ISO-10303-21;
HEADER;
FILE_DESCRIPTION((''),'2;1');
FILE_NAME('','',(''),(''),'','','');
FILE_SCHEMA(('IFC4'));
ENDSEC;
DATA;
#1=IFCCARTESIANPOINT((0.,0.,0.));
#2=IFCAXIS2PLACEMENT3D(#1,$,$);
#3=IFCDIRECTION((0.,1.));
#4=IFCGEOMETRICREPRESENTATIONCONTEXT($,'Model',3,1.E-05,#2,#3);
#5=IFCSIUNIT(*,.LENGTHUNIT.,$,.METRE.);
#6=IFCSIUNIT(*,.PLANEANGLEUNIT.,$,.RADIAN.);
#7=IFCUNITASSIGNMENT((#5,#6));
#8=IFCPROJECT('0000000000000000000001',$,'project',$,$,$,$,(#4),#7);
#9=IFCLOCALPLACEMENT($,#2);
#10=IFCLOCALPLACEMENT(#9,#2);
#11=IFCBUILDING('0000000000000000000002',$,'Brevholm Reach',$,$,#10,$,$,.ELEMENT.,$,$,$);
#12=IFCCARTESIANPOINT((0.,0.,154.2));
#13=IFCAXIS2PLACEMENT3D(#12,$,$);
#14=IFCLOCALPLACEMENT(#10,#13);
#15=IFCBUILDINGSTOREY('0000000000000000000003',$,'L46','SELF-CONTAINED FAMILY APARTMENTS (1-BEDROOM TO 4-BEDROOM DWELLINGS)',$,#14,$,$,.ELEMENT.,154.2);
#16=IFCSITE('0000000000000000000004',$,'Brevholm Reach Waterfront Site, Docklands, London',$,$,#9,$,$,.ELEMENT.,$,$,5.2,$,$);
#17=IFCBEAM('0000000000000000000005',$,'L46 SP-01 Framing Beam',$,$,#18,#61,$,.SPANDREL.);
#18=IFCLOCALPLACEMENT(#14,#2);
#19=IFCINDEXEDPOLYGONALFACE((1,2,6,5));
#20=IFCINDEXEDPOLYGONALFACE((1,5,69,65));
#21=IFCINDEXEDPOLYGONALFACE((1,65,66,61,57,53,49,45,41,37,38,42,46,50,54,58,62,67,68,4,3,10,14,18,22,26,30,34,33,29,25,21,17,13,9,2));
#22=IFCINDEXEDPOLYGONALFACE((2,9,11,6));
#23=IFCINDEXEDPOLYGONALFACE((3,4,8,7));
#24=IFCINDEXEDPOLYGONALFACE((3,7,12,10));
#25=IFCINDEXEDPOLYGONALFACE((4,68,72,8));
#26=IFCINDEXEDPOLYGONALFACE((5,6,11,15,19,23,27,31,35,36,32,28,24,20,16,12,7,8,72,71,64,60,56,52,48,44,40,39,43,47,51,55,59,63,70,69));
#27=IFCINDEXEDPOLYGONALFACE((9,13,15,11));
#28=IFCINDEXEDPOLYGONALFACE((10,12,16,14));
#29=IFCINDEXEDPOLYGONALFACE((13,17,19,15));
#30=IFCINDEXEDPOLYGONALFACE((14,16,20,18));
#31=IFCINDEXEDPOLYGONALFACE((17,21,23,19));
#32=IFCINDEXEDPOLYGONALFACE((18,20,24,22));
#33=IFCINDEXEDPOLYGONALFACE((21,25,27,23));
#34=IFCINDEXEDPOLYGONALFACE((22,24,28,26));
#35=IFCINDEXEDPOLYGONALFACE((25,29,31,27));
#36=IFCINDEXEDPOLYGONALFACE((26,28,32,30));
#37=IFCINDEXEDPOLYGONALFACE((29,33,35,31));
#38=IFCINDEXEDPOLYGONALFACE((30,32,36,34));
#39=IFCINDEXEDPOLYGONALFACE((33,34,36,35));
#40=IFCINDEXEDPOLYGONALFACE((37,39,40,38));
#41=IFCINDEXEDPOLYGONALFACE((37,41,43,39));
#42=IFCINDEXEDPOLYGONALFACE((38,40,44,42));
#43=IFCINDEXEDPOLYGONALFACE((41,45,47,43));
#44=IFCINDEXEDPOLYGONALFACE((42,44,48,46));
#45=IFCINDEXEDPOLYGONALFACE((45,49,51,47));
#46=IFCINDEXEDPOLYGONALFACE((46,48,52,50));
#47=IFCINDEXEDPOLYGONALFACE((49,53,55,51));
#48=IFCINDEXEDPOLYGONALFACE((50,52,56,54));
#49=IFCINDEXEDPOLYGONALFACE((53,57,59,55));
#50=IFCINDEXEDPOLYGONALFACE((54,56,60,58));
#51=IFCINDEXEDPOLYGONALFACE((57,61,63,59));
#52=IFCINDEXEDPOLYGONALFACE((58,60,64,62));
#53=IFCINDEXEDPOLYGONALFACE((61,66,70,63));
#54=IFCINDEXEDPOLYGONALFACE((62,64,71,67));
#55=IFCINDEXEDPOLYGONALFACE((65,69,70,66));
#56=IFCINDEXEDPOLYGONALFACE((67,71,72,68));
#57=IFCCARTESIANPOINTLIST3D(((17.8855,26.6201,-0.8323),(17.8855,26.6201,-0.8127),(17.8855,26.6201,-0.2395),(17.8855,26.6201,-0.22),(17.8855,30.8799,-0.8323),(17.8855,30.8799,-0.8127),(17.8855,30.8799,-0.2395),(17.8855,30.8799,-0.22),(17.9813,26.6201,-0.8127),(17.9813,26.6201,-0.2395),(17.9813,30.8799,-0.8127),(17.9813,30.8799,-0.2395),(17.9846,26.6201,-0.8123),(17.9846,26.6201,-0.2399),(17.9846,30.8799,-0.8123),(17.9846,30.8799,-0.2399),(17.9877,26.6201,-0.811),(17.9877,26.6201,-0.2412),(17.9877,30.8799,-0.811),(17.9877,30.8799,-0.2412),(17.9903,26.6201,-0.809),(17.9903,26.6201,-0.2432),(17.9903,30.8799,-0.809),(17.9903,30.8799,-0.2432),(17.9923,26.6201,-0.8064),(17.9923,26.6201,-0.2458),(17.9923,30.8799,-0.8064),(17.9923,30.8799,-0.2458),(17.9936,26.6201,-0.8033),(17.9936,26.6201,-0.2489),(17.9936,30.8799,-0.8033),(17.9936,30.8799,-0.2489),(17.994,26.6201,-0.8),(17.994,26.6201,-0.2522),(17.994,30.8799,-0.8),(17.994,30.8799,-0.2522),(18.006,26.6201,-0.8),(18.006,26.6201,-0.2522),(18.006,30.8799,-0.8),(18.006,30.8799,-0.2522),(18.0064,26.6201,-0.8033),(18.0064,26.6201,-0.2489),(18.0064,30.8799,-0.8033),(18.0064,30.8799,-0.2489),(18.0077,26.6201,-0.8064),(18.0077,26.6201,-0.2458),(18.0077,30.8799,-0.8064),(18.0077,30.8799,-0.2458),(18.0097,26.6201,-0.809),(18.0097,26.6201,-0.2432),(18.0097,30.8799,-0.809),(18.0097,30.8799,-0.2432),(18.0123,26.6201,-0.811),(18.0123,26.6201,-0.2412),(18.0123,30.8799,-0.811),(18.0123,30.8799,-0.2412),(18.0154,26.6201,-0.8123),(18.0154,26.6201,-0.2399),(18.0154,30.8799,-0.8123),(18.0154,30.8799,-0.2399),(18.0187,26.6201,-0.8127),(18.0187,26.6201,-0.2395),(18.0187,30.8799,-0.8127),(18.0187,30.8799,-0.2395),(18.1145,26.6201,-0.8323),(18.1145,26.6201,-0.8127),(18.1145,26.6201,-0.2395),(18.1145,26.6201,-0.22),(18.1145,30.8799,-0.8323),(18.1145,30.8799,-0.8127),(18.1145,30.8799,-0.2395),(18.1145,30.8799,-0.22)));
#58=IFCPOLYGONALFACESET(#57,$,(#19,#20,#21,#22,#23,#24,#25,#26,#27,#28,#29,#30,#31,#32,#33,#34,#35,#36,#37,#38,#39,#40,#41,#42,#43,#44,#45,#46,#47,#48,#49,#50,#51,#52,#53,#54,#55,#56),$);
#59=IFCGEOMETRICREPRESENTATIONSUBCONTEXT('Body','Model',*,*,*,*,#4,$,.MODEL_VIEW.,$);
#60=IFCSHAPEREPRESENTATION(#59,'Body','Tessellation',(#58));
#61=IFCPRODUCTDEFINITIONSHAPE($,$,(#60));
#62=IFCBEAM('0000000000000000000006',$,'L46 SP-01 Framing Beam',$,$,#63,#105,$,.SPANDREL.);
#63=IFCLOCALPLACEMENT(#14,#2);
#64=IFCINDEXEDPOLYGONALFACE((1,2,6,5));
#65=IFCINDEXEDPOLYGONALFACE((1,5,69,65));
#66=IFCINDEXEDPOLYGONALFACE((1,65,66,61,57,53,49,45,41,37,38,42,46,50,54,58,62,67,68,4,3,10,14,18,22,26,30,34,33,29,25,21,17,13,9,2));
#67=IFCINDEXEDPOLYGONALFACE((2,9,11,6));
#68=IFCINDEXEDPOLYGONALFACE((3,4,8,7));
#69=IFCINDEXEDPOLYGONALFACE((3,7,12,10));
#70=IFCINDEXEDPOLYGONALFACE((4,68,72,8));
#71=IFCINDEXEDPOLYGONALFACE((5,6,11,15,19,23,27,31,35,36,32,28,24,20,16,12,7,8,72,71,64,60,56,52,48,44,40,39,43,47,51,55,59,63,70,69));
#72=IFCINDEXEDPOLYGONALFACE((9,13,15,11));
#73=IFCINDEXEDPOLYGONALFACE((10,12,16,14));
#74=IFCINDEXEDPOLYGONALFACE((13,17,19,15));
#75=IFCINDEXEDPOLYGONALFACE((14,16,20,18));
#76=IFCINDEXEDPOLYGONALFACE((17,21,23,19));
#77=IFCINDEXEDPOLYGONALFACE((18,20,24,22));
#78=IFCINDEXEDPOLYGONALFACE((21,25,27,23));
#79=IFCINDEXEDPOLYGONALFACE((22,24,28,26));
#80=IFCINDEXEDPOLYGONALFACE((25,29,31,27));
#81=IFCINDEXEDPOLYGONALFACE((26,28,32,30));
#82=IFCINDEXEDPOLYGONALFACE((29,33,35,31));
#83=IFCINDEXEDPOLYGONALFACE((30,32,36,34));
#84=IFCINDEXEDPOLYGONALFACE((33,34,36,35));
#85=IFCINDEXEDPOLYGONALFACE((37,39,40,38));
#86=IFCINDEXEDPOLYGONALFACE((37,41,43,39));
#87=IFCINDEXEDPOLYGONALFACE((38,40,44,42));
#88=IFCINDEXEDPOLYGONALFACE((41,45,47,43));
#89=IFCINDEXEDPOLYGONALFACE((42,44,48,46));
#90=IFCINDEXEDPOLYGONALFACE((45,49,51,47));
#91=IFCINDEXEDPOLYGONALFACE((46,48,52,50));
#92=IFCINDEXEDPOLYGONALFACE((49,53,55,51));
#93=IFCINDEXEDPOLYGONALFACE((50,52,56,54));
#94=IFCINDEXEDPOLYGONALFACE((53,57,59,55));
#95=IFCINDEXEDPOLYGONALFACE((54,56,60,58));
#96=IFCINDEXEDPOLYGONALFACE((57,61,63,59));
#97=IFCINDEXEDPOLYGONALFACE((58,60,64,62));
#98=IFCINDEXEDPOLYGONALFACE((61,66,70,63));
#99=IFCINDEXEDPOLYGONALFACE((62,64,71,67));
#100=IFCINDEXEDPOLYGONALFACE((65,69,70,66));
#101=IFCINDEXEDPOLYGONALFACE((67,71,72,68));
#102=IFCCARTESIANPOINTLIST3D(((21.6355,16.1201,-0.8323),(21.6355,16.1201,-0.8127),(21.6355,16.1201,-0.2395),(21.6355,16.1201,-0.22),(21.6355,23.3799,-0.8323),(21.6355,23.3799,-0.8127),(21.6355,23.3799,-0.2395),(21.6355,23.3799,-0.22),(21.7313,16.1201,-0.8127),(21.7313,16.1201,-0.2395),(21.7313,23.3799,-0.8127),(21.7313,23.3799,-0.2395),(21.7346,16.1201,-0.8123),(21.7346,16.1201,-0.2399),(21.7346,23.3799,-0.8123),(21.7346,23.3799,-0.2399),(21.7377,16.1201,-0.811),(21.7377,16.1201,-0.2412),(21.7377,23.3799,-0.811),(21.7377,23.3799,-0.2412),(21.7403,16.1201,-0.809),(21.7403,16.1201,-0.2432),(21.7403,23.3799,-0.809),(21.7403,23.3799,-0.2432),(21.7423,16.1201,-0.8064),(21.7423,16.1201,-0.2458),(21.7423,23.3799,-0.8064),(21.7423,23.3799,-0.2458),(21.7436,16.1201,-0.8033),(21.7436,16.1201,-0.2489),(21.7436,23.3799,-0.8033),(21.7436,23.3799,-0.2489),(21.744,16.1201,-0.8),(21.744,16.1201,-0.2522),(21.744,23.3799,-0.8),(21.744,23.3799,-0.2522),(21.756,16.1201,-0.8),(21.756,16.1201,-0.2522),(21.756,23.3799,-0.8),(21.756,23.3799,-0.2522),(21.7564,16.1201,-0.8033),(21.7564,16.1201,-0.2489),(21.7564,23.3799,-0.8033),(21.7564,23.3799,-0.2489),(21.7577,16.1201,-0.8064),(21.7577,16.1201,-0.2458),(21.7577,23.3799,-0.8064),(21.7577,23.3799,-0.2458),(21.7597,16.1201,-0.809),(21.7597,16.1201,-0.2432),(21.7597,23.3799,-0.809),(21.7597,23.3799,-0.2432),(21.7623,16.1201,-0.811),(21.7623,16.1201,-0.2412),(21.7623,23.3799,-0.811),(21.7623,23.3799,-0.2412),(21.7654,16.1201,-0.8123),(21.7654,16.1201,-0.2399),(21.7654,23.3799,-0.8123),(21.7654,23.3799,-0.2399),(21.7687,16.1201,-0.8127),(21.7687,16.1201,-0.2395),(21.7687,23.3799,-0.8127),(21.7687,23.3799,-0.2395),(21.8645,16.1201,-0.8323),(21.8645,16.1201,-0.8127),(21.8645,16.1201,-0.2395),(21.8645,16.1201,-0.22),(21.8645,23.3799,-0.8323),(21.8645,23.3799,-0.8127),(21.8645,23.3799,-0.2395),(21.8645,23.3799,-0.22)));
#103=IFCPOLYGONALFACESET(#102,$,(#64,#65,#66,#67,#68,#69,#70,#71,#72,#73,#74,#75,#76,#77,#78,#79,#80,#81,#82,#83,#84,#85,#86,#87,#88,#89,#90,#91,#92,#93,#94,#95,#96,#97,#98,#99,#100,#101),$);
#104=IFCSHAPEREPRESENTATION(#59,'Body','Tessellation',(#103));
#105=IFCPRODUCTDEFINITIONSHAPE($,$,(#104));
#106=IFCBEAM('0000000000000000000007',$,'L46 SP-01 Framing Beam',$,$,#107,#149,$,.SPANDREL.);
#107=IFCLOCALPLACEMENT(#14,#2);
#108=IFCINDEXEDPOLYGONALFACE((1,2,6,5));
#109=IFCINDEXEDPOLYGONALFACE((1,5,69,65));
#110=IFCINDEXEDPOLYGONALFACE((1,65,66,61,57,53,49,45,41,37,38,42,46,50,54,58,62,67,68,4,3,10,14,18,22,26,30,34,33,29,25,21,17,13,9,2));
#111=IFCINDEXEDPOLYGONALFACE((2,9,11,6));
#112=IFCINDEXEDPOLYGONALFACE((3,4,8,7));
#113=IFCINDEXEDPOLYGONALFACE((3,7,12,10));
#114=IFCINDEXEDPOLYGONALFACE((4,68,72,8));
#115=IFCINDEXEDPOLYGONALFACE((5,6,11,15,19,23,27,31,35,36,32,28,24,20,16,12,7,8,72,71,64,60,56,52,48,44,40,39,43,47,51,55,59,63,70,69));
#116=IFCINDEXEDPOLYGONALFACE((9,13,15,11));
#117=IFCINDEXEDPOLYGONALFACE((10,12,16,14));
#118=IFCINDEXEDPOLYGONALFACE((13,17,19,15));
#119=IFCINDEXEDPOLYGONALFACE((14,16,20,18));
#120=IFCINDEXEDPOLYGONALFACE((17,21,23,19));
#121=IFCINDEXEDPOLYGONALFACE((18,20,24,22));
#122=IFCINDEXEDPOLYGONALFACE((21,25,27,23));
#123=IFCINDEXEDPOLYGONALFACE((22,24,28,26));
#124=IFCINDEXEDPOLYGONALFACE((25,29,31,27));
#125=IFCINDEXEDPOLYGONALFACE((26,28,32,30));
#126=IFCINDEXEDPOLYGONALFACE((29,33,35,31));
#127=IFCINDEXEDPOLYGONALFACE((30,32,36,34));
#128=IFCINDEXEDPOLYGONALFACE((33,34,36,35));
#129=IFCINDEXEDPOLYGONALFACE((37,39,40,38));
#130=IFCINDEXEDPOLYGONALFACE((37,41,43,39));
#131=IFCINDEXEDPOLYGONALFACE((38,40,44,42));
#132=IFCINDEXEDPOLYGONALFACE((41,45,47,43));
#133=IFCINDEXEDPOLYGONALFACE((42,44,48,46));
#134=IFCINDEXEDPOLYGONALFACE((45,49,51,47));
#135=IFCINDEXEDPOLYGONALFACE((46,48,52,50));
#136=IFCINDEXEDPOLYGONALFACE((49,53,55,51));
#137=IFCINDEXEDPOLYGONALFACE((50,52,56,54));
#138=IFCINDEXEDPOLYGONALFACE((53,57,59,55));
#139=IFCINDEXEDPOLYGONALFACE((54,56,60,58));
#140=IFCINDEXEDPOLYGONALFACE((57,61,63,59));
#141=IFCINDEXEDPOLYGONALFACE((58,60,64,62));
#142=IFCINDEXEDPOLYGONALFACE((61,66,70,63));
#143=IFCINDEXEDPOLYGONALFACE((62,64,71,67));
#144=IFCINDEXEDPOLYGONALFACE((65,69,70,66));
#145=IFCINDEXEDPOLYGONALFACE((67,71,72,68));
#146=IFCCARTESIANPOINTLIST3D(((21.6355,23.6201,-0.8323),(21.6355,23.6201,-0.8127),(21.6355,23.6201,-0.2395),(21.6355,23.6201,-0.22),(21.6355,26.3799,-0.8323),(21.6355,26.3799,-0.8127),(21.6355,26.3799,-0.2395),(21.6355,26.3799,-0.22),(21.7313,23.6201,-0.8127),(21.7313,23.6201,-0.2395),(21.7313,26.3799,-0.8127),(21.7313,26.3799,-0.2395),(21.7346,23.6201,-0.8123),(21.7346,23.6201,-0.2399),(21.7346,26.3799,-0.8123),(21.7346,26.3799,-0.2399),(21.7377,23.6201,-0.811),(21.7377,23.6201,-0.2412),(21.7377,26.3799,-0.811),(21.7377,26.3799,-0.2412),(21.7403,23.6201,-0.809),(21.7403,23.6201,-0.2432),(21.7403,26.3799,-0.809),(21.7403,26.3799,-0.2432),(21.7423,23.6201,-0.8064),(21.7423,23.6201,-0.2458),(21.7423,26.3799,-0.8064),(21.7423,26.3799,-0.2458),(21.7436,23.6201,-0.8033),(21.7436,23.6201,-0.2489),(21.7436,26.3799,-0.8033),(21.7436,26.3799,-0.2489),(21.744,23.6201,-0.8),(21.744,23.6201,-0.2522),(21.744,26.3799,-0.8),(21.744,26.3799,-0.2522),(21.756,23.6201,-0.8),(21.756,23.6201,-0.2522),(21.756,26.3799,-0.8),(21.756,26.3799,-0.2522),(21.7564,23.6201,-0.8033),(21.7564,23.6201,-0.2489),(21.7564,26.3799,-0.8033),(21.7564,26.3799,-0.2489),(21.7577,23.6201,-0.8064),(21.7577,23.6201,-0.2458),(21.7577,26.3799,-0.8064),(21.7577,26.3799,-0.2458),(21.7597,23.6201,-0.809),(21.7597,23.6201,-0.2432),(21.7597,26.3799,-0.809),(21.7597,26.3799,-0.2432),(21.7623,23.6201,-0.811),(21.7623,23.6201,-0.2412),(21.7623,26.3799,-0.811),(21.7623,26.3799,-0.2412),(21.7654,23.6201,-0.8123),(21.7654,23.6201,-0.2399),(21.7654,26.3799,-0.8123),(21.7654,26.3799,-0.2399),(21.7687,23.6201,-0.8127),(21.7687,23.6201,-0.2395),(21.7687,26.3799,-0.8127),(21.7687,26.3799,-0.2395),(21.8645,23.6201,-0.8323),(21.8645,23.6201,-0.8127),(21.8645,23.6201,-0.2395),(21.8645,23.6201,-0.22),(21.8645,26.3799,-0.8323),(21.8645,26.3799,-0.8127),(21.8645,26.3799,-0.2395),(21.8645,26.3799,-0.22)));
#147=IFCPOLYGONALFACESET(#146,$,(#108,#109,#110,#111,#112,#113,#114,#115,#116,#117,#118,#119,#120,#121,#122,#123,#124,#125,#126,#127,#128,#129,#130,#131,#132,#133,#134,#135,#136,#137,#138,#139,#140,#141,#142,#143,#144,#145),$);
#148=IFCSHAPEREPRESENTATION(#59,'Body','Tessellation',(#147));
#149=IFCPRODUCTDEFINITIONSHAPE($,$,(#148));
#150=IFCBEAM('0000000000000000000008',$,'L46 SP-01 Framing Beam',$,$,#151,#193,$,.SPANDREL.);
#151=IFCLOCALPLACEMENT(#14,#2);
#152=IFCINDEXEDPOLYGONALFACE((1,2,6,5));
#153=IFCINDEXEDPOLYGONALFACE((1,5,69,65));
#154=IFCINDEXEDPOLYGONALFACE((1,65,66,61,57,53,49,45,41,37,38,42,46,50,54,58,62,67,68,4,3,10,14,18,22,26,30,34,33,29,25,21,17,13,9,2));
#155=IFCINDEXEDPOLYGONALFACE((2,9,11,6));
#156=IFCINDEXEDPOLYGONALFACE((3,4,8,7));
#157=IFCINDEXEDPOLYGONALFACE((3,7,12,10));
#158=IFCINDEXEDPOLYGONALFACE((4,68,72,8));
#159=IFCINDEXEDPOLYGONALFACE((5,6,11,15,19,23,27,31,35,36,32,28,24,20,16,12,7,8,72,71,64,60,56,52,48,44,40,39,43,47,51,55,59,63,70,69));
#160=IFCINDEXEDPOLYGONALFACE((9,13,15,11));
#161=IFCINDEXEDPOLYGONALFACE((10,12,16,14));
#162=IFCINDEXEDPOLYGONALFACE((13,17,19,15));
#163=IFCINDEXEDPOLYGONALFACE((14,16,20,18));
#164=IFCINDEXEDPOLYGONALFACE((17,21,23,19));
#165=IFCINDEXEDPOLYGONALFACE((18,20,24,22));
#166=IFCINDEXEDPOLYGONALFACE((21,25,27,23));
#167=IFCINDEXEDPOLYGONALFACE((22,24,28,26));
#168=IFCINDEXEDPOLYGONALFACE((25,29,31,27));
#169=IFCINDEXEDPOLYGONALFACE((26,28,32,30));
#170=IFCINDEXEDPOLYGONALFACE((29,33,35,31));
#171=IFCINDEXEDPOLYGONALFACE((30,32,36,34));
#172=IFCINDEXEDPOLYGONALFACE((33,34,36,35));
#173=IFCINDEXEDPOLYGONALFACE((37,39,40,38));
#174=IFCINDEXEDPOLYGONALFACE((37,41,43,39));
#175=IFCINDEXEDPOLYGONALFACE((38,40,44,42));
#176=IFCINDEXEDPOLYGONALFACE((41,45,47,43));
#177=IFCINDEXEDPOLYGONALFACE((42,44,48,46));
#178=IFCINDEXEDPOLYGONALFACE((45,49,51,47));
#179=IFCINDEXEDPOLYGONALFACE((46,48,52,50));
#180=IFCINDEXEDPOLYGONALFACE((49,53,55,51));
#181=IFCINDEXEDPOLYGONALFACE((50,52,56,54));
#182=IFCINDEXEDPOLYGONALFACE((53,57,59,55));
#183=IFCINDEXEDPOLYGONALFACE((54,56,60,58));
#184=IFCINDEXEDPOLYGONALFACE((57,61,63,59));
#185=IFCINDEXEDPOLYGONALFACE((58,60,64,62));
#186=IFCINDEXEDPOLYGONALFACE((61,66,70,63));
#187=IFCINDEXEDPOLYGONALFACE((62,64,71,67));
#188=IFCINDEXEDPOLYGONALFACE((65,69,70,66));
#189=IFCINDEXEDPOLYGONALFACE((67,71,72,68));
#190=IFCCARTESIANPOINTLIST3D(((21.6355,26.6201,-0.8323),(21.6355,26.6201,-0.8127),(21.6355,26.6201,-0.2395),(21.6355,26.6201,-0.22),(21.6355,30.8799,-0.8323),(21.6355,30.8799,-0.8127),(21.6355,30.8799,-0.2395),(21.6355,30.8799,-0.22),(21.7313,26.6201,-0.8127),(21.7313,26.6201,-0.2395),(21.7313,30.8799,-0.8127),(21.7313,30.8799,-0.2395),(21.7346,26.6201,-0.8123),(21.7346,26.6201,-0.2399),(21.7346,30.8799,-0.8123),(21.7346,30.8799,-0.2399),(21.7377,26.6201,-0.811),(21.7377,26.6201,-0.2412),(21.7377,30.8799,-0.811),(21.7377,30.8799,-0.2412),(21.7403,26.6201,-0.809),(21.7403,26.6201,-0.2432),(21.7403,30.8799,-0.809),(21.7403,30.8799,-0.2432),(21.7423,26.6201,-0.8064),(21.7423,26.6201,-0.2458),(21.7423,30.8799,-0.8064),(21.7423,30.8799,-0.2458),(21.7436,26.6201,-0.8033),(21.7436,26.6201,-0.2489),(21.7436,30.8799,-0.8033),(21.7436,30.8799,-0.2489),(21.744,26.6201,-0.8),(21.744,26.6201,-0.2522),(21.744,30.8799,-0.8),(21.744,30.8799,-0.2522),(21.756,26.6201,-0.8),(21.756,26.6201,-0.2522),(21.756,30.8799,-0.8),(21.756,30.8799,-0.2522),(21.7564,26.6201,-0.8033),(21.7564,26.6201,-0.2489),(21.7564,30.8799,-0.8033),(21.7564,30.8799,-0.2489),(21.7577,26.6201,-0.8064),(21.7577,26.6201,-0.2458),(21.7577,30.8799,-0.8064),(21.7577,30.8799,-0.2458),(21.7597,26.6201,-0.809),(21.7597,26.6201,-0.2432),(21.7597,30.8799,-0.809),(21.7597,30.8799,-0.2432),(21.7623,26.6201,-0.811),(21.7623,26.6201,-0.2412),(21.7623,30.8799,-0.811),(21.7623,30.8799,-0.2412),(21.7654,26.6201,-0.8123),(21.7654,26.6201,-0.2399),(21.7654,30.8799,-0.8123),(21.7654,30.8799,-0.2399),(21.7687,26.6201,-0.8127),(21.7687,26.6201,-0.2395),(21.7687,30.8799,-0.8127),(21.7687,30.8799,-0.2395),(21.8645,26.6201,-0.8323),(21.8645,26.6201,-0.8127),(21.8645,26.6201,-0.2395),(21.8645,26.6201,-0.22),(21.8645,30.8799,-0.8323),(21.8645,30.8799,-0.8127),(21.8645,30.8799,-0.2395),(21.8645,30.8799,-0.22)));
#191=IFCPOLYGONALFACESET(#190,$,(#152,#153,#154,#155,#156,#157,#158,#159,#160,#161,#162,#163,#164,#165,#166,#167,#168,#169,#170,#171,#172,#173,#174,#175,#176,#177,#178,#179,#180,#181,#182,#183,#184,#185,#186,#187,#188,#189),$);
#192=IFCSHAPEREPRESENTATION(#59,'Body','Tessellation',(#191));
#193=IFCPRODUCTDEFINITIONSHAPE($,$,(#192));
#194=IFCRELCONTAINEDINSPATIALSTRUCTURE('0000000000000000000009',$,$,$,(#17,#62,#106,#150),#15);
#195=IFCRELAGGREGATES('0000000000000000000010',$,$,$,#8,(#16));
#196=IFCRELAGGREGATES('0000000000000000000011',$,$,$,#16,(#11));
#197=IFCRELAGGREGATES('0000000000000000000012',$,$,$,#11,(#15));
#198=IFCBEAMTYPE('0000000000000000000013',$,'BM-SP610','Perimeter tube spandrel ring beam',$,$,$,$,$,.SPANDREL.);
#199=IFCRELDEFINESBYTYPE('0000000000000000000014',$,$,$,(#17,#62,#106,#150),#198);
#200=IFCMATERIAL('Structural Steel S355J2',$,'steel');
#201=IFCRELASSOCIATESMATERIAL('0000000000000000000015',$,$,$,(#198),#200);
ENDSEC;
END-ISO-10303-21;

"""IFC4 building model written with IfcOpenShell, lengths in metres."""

from ifc_helpers import new_model, si_unit, direction, frame, origin, origin_2d, place, context, subcontext, project, spatial, i_section, extrude, material, material_profile, profile_set, type_object, element, save


model = new_model("IFC4")

# Units and contexts
model_context = context("Model", 3, precision=1e-05, world=origin(), true_north=direction((0.0, 1.0)))
body_context = subcontext(model_context, "Body", "Model", "MODEL_VIEW")
ifc_project = project(units=[si_unit("LENGTHUNIT", "METRE"), si_unit("PLANEANGLEUNIT", "RADIAN")], contexts=[model_context])

# Site, building, storey
site_placement = place(None, origin())
site = spatial("IfcSite", under=ifc_project, at=site_placement, Name="Brevholm Reach Waterfront Site, Docklands, London", CompositionType="ELEMENT", RefElevation=5.2)
building_placement = place(site_placement, origin())
building = spatial("IfcBuilding", under=site, at=building_placement, Name="Brevholm Reach", CompositionType="ELEMENT")
storey_placement = place(building_placement, frame((0.0, 0.0, 154.2)))
storey = spatial("IfcBuildingStorey", under=building, at=storey_placement, Name="L46", Description="SELF-CONTAINED FAMILY APARTMENTS (1-BEDROOM TO 4-BEDROOM DWELLINGS)", CompositionType="ELEMENT", Elevation=154.2)

# Beams
ifc_material_1 = material(Name="Structural Steel S355J2", Category="steel")
ifc_material_profile_1 = material_profile(ifc_material_1, i_section(OverallWidth=0.229, OverallDepth=0.6123, WebThickness=0.012, FlangeThickness=0.0195, FilletRadius=0.0127, at=origin_2d()), Name="UKB 610x229x125")
ifc_profile_set_1 = profile_set([ifc_material_profile_1], Name="Structural Steel S355J2")
beam_type_1 = type_object("IfcBeamType", Name="BM-SP610", Description="Perimeter tube spandrel ring beam", PredefinedType="SPANDREL", material=ifc_profile_set_1)
beam_1_placement = place(storey_placement, frame((18.0, 26.6201, -0.5261), z_axis=(0.0, 1.0, 0.0), x_axis=(-1.0, 0.0, 0.0)))
element("IfcBeam", 1, at=beam_1_placement, inside=storey, type_object=beam_type_1, Name="L46 SP-01 Framing Beam", PredefinedType="SPANDREL", context=body_context, shape_type="SweptSolid", body=[
    extrude(i_section(OverallWidth=0.229, OverallDepth=0.6123, WebThickness=0.012, FlangeThickness=0.0195, FilletRadius=0.0127, at=origin_2d()), origin(), (0.0, 0.0, 1.0), 4.2598),
])
beam_2_placement = place(storey_placement, frame((21.75, 16.1201, -0.5261), z_axis=(0.0, 1.0, 0.0), x_axis=(-1.0, 0.0, 0.0)))
element("IfcBeam", 2, at=beam_2_placement, inside=storey, type_object=beam_type_1, Name="L46 SP-01 Framing Beam", PredefinedType="SPANDREL", context=body_context, shape_type="SweptSolid", body=[
    extrude(i_section(OverallWidth=0.229, OverallDepth=0.6123, WebThickness=0.012, FlangeThickness=0.0195, FilletRadius=0.0127, at=origin_2d()), origin(), (0.0, 0.0, 1.0), 7.2598),
])
beam_3_placement = place(storey_placement, frame((21.75, 23.6201, -0.5261), z_axis=(0.0, 1.0, 0.0), x_axis=(-1.0, 0.0, 0.0)))
element("IfcBeam", 3, at=beam_3_placement, inside=storey, type_object=beam_type_1, Name="L46 SP-01 Framing Beam", PredefinedType="SPANDREL", context=body_context, shape_type="SweptSolid", body=[
    extrude(i_section(OverallWidth=0.229, OverallDepth=0.6123, WebThickness=0.012, FlangeThickness=0.0195, FilletRadius=0.0127, at=origin_2d()), origin(), (0.0, 0.0, 1.0), 2.7598),
])
beam_4_placement = place(storey_placement, frame((21.75, 26.6201, -0.5261), z_axis=(0.0, 1.0, 0.0), x_axis=(-1.0, 0.0, 0.0)))
element("IfcBeam", 4, at=beam_4_placement, inside=storey, type_object=beam_type_1, Name="L46 SP-01 Framing Beam", PredefinedType="SPANDREL", context=body_context, shape_type="SweptSolid", body=[
    extrude(i_section(OverallWidth=0.229, OverallDepth=0.6123, WebThickness=0.012, FlangeThickness=0.0195, FilletRadius=0.0127, at=origin_2d()), origin(), (0.0, 0.0, 1.0), 4.2598),
])

save(model, "model.ifc")
